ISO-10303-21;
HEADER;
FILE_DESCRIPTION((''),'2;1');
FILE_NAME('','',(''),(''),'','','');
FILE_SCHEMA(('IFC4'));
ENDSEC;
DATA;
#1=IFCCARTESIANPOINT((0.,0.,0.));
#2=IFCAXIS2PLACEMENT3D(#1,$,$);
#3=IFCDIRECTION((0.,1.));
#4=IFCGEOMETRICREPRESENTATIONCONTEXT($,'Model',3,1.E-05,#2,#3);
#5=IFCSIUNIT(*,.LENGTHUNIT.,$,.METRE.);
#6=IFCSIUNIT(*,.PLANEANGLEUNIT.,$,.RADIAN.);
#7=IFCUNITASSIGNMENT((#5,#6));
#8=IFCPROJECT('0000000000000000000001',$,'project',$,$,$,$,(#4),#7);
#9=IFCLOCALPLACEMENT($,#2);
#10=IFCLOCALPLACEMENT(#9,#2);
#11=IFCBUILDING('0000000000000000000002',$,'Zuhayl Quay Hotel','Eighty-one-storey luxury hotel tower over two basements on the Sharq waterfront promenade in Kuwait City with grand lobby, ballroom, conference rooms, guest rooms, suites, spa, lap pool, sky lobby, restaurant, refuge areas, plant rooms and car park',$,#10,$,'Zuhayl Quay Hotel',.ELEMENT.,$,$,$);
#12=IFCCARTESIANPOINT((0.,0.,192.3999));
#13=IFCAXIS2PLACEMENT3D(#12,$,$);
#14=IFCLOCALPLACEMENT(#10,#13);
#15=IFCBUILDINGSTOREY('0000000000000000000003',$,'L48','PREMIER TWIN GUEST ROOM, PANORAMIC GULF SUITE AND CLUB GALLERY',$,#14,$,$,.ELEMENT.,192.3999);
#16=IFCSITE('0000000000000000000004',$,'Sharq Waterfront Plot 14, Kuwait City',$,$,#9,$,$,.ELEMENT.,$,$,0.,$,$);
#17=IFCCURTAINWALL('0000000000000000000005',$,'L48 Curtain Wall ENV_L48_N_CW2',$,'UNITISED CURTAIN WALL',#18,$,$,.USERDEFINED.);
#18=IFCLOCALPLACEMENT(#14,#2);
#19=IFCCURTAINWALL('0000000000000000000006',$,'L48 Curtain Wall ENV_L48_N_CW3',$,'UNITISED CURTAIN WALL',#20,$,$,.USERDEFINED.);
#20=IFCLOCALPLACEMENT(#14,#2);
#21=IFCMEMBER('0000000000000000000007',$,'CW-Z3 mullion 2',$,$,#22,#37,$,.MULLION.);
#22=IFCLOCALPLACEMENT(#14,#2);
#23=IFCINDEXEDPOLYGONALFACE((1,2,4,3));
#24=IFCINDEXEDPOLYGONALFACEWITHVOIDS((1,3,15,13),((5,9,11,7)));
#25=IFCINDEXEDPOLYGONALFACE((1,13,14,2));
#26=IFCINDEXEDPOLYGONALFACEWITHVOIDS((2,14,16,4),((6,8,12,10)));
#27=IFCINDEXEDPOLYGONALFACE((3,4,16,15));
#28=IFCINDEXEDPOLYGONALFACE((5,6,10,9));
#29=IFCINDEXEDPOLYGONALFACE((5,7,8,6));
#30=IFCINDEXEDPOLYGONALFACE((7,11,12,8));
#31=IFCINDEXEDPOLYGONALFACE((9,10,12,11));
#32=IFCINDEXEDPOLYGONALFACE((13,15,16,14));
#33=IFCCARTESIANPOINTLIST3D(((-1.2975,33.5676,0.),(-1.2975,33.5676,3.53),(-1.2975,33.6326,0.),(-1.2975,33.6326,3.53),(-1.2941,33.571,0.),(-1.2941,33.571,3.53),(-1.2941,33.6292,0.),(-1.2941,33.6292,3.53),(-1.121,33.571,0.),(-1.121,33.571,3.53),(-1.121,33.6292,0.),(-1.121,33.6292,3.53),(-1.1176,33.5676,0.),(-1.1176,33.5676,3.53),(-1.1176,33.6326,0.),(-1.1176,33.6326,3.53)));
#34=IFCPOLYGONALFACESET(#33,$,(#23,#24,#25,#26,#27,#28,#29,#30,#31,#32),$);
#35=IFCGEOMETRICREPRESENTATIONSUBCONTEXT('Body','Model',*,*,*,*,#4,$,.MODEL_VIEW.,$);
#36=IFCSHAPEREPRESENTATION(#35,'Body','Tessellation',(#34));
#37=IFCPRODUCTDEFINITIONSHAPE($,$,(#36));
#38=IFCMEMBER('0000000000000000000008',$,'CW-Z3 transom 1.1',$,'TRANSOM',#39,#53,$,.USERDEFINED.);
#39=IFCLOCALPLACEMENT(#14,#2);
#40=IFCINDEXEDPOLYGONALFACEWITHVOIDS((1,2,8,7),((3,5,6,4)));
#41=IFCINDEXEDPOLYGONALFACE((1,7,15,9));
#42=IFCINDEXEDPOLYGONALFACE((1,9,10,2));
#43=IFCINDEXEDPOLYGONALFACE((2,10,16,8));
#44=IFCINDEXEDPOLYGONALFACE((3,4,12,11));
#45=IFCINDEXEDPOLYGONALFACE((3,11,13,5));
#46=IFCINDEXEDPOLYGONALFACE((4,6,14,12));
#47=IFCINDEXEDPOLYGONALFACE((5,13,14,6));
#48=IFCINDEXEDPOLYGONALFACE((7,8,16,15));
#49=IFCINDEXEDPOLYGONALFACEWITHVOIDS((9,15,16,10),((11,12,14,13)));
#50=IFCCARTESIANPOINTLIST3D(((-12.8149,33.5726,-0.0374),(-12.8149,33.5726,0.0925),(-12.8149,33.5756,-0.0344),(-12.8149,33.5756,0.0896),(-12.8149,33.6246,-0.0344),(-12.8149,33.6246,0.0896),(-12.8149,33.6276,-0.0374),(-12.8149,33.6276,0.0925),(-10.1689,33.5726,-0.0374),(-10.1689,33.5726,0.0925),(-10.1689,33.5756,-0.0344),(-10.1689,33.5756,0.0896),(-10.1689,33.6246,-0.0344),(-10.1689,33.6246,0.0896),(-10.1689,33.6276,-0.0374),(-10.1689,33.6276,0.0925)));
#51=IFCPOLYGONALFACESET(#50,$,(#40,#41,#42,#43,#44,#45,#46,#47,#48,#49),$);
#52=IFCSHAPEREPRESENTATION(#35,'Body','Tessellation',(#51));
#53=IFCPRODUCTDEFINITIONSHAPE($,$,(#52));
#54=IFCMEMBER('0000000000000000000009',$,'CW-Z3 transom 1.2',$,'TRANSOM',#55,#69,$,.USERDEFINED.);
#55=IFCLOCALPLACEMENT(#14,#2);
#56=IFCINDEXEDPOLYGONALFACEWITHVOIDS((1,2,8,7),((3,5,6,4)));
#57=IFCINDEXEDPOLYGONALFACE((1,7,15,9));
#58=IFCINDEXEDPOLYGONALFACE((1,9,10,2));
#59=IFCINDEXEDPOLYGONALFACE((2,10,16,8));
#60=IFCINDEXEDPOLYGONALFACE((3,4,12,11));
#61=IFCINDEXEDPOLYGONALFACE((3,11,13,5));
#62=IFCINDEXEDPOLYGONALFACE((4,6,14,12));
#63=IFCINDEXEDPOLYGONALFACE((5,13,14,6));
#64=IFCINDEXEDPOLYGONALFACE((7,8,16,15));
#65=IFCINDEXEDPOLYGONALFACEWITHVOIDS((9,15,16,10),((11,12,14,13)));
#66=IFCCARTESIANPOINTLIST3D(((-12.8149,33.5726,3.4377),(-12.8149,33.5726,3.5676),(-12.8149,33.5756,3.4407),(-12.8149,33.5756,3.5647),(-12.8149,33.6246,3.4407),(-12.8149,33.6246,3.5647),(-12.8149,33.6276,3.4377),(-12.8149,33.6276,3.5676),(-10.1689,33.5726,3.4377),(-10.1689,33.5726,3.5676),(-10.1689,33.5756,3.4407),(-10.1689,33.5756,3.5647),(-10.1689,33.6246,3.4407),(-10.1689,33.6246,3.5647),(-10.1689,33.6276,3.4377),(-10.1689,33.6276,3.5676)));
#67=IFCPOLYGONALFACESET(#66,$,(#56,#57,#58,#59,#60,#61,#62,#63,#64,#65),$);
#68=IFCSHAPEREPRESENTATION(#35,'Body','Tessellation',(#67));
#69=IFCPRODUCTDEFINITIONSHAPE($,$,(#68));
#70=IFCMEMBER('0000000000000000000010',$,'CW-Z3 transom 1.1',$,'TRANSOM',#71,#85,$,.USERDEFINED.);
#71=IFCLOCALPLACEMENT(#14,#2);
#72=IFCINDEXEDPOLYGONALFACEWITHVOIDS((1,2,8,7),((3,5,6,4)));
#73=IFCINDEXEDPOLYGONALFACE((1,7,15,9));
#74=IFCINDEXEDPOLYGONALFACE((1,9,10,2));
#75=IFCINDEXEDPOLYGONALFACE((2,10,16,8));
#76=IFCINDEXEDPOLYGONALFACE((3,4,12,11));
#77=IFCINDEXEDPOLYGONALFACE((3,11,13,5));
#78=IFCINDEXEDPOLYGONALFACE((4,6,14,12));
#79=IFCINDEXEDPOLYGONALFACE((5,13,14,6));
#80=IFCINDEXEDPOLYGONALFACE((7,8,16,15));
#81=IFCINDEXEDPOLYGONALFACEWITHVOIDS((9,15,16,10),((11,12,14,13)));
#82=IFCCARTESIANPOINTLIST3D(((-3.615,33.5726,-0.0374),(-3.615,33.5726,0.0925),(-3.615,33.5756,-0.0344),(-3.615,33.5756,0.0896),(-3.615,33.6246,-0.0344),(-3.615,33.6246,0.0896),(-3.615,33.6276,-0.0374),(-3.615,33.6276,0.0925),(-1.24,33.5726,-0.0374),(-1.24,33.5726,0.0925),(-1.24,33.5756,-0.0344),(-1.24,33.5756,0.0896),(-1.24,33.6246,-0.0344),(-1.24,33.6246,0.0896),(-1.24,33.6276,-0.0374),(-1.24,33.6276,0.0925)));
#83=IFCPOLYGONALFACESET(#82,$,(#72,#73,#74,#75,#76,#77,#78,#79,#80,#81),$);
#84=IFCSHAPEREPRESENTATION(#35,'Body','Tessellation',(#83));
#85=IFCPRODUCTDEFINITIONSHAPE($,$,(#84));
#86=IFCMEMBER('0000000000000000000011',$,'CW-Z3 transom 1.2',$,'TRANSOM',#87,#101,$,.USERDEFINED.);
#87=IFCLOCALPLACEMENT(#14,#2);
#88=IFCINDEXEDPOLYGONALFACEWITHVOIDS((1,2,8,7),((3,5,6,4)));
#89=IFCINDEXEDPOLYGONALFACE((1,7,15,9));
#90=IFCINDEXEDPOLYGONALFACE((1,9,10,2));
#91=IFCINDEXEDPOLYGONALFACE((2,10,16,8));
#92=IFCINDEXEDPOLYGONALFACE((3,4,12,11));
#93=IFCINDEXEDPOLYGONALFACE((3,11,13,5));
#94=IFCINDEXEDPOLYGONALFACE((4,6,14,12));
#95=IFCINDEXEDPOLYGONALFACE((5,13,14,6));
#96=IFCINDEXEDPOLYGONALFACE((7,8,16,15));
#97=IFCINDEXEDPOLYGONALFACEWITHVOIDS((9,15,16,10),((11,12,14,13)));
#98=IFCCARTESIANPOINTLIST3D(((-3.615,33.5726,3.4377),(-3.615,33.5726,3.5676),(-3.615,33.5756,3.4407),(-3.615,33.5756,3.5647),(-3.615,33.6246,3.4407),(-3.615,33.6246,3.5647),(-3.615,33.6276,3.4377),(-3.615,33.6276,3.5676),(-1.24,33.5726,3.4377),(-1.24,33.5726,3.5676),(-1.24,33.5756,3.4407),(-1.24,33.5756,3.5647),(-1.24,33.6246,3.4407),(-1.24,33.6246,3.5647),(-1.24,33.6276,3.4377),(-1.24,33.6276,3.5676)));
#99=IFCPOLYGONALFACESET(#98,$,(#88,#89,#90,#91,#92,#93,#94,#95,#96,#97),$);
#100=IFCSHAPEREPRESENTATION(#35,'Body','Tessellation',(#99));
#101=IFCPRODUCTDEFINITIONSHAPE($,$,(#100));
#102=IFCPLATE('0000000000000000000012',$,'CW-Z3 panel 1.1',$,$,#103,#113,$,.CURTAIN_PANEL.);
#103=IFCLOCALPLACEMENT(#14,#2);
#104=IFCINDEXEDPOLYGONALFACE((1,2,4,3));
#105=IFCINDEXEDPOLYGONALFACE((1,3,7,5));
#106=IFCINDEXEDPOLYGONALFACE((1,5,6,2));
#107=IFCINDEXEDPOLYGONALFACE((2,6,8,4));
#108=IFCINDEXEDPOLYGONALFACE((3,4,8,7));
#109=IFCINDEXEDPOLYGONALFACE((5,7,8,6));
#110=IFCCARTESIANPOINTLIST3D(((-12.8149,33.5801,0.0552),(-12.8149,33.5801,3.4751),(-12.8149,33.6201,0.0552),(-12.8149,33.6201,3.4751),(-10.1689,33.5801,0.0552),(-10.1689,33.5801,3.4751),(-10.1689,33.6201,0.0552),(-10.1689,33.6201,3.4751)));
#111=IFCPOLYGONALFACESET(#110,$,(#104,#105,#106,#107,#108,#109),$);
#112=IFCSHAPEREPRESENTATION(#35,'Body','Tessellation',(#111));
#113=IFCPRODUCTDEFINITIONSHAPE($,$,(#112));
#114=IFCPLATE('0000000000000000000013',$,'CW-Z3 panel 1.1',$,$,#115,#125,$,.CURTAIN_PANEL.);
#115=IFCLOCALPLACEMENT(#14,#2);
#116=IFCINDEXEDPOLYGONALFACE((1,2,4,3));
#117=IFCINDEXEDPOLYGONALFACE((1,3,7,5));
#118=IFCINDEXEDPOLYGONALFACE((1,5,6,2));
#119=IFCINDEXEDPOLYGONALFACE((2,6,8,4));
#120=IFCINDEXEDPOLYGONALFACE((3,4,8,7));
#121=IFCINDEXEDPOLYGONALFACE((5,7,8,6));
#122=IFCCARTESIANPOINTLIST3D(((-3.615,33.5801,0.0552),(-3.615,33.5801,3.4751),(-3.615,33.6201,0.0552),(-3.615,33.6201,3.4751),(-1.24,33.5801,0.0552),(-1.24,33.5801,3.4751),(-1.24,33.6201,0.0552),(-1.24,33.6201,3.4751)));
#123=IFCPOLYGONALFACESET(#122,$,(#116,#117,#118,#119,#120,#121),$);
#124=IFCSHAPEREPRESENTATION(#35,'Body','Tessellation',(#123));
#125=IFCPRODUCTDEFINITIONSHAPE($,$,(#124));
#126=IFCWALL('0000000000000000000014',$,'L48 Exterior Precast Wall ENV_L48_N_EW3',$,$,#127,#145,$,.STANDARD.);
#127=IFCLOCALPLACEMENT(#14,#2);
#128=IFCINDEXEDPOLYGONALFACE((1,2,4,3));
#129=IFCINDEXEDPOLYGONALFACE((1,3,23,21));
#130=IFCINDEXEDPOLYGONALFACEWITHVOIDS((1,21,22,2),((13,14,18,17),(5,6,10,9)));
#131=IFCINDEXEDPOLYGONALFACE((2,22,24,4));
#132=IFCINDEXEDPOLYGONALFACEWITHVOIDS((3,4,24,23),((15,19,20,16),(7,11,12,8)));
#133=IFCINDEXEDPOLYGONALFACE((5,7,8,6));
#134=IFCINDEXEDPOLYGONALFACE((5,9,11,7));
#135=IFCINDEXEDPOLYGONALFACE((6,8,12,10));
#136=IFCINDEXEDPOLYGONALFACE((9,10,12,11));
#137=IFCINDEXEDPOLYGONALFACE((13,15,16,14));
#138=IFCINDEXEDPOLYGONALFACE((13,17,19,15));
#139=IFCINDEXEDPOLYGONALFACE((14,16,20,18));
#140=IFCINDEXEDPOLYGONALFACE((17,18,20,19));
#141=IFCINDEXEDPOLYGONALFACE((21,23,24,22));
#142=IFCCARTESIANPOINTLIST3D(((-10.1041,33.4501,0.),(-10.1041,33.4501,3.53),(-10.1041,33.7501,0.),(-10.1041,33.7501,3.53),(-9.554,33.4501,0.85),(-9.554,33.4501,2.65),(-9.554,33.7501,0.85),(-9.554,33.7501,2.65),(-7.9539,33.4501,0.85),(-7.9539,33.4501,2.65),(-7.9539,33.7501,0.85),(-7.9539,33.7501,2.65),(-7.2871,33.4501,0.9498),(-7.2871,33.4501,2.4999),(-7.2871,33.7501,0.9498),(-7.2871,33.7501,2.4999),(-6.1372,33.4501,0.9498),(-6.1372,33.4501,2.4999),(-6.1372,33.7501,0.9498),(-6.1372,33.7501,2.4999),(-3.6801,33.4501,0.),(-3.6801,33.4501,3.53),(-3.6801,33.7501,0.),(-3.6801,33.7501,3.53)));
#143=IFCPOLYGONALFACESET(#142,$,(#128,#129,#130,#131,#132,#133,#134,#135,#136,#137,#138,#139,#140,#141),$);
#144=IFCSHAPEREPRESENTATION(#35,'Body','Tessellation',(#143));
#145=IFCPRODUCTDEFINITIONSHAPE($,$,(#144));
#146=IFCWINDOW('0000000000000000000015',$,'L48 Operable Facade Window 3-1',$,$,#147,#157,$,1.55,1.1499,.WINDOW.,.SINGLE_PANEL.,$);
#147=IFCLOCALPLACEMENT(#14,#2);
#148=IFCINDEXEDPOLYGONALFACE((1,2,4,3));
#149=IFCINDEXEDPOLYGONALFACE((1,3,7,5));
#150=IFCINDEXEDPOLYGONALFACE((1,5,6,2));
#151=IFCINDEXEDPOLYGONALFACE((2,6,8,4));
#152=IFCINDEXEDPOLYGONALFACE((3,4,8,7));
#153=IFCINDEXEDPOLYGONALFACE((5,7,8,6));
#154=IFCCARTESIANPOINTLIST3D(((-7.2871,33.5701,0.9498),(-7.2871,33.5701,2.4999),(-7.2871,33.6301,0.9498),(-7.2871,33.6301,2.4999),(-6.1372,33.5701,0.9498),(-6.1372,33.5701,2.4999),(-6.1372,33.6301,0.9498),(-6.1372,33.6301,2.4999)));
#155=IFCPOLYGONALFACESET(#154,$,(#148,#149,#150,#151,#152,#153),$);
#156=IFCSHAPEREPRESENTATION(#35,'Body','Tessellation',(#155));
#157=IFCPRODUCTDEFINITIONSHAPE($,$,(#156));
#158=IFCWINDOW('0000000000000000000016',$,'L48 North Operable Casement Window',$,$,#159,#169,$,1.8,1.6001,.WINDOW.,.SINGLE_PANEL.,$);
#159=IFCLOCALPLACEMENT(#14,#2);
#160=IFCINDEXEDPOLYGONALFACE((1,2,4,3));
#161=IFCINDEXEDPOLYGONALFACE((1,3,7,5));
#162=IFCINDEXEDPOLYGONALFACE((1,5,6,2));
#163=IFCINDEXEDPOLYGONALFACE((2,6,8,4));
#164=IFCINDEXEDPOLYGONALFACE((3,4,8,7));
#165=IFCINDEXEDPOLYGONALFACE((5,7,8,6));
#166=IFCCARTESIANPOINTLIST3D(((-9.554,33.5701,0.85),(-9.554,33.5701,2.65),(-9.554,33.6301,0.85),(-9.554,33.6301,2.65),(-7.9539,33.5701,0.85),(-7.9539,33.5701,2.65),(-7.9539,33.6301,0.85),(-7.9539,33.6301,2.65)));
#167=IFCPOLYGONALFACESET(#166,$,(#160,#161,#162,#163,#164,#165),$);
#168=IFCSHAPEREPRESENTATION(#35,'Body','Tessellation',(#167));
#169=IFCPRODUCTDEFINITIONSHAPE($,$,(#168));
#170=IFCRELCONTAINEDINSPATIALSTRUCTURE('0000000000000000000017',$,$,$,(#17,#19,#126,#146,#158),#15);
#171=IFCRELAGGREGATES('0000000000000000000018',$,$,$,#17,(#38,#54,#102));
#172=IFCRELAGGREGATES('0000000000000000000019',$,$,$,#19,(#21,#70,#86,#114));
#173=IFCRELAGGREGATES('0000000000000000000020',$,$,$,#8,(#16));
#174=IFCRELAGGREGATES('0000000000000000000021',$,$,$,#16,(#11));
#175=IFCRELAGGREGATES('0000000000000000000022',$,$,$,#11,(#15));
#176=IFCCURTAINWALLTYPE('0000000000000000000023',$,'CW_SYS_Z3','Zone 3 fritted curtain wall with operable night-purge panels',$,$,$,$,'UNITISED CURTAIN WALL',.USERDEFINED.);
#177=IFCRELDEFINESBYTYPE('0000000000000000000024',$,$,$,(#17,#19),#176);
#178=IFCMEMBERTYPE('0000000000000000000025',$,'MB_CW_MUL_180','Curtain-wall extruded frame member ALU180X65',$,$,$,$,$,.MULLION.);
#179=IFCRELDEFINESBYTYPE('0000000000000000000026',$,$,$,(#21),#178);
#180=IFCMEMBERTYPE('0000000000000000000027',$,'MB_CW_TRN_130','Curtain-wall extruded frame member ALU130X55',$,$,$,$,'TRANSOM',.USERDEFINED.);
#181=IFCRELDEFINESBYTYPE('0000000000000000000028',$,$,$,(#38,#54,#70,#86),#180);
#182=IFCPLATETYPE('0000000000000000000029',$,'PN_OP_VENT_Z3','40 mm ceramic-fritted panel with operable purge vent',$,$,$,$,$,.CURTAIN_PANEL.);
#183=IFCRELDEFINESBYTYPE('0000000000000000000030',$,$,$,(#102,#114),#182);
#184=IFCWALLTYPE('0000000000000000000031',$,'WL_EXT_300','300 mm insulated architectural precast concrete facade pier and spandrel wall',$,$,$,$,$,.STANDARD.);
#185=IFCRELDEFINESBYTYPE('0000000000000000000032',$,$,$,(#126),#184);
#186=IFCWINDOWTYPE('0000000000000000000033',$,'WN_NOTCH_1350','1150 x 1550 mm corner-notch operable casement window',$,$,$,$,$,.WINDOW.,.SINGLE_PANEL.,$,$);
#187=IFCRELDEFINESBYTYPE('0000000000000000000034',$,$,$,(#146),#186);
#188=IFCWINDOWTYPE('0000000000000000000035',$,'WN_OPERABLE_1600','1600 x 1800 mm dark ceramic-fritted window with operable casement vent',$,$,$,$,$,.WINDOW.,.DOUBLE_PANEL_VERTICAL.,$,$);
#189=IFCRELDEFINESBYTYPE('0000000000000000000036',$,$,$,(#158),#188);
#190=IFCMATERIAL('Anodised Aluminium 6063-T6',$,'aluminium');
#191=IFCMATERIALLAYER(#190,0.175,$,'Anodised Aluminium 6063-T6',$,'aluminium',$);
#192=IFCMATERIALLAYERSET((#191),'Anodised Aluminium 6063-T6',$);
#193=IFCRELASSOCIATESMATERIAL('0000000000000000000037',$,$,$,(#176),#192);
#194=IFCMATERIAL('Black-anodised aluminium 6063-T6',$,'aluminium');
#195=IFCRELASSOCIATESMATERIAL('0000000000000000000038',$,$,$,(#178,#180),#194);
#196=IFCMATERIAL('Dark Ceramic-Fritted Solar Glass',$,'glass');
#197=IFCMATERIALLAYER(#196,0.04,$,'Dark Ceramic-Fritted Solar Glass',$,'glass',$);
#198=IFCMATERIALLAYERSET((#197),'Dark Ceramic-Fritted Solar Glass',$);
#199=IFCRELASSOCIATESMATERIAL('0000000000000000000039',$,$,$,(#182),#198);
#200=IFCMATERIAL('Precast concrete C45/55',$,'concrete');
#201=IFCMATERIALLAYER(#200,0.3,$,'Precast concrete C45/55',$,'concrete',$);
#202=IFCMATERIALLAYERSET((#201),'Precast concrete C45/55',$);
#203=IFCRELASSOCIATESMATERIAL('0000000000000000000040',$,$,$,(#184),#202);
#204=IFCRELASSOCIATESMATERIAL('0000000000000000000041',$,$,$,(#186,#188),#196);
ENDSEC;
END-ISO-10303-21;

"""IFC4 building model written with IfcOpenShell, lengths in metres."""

from ifc_helpers import new_model, si_unit, direction, frame, frame_2d, origin, origin_2d, place, context, subcontext, project, spatial, rectangle, hollow_rectangle, extrude, material, layer, layer_set, material_profile, profile_set, type_object, element, fill, aggregate, save


model = new_model("IFC4")

# Units and contexts
model_context = context("Model", 3, precision=1e-05, world=origin(), true_north=direction((0.0, 1.0)))
body_context = subcontext(model_context, "Body", "Model", "MODEL_VIEW")
ifc_project = project(units=[si_unit("LENGTHUNIT", "METRE"), si_unit("PLANEANGLEUNIT", "RADIAN")], contexts=[model_context])

# Site, building, storey
site_placement = place(None, origin())
site = spatial("IfcSite", under=ifc_project, at=site_placement, Name="Sharq Waterfront Plot 14, Kuwait City", CompositionType="ELEMENT", RefElevation=0.0)
building_placement = place(site_placement, origin())
building = spatial("IfcBuilding", under=site, at=building_placement, Name="Zuhayl Quay Hotel", Description="Eighty-one-storey luxury hotel tower over two basements on the Sharq waterfront promenade in Kuwait City with grand lobby, ballroom, conference rooms, guest rooms, suites, spa, lap pool, sky lobby, restaurant, refuge areas, plant rooms and car park", LongName="Zuhayl Quay Hotel", CompositionType="ELEMENT")
storey_placement = place(building_placement, frame((0.0, 0.0, 192.3999)))
storey = spatial("IfcBuildingStorey", under=building, at=storey_placement, Name="L48", Description="PREMIER TWIN GUEST ROOM, PANORAMIC GULF SUITE AND CLUB GALLERY", CompositionType="ELEMENT", Elevation=192.3999)

# Curtain walls, member
ifc_material_1 = material(Name="Anodised Aluminium 6063-T6", Category="aluminium")
ifc_layer_1 = layer(ifc_material_1, 0.175, Name="Anodised Aluminium 6063-T6", Category="aluminium")
ifc_layer_set_1 = layer_set([ifc_layer_1], Name="Anodised Aluminium 6063-T6")
curtain_wall_type = type_object("IfcCurtainWallType", Name="CW_SYS_Z3", Description="Zone 3 fritted curtain wall with operable night-purge panels", ElementType="UNITISED CURTAIN WALL", PredefinedType="USERDEFINED", material=ifc_layer_set_1)
curtain_wall_1_placement = place(storey_placement, origin())
curtain_wall_1 = element("IfcCurtainWall", 1, at=curtain_wall_1_placement, inside=storey, type_object=curtain_wall_type, Name="L48 Curtain Wall ENV_L48_N_CW2", ObjectType="UNITISED CURTAIN WALL", PredefinedType="USERDEFINED")
ifc_material_2 = material(Name="Black-anodised aluminium 6063-T6", Category="aluminium")
ifc_material_profile_1 = material_profile(ifc_material_2, hollow_rectangle(XDim=0.0649, YDim=0.1799, WallThickness=0.0034, at=origin_2d()), Name="ALU180X65")
ifc_profile_set_1 = profile_set([ifc_material_profile_1], Name="Black-anodised aluminium 6063-T6")
member_type_1 = type_object("IfcMemberType", Name="MB_CW_MUL_180", Description="Curtain-wall extruded frame member ALU180X65", PredefinedType="MULLION", material=ifc_profile_set_1)
curtain_wall_2_placement = place(storey_placement, origin())
curtain_wall_2 = element("IfcCurtainWall", 2, at=curtain_wall_2_placement, inside=storey, type_object=curtain_wall_type, Name="L48 Curtain Wall ENV_L48_N_CW3", ObjectType="UNITISED CURTAIN WALL", PredefinedType="USERDEFINED")
member_1_placement = place(storey_placement, frame((-1.2075, 33.6001, 0.0), z_axis=(0.0, 0.0, 1.0), x_axis=(0.0, 1.0, 0.0)))
member_1 = element("IfcMember", 3, at=member_1_placement, type_object=member_type_1, Name="CW-Z3 mullion 2", PredefinedType="MULLION", context=body_context, shape_type="SweptSolid", body=[
    extrude(hollow_rectangle(XDim=0.0649, YDim=0.1799, WallThickness=0.0034, at=origin_2d()), origin(), (0.0, 0.0, 1.0), 3.53),
])

# Members
ifc_material_profile_2 = material_profile(ifc_material_2, hollow_rectangle(XDim=0.0549, YDim=0.1299, WallThickness=0.0029, at=origin_2d()), Name="ALU130X55")
ifc_profile_set_2 = profile_set([ifc_material_profile_2], Name="Black-anodised aluminium 6063-T6")
member_type_2 = type_object("IfcMemberType", Name="MB_CW_TRN_130", Description="Curtain-wall extruded frame member ALU130X55", ElementType="TRANSOM", PredefinedType="USERDEFINED", material=ifc_profile_set_2)
member_2_placement = place(storey_placement, frame((-12.8149, 33.6001, 0.0276), z_axis=(1.0, 0.0, 0.0), x_axis=(0.0, 1.0, 0.0)))
member_2 = element("IfcMember", 4, at=member_2_placement, type_object=member_type_2, Name="CW-Z3 transom 1.1", ObjectType="TRANSOM", PredefinedType="USERDEFINED", context=body_context, shape_type="SweptSolid", body=[
    extrude(hollow_rectangle(XDim=0.0549, YDim=0.1299, WallThickness=0.0029, at=origin_2d()), origin(), (0.0, 0.0, 1.0), 2.646),
])
member_3_placement = place(storey_placement, frame((-12.8149, 33.6001, 3.5027), z_axis=(1.0, 0.0, 0.0), x_axis=(0.0, 1.0, 0.0)))
member_3 = element("IfcMember", 5, at=member_3_placement, type_object=member_type_2, Name="CW-Z3 transom 1.2", ObjectType="TRANSOM", PredefinedType="USERDEFINED", context=body_context, shape_type="SweptSolid", body=[
    extrude(hollow_rectangle(XDim=0.0549, YDim=0.1299, WallThickness=0.0029, at=origin_2d()), origin(), (0.0, 0.0, 1.0), 2.646),
])
member_4_placement = place(storey_placement, frame((-3.615, 33.6001, 0.0276), z_axis=(1.0, 0.0, 0.0), x_axis=(0.0, 1.0, 0.0)))
member_4 = element("IfcMember", 6, at=member_4_placement, type_object=member_type_2, Name="CW-Z3 transom 1.1", ObjectType="TRANSOM", PredefinedType="USERDEFINED", context=body_context, shape_type="SweptSolid", body=[
    extrude(hollow_rectangle(XDim=0.0549, YDim=0.1299, WallThickness=0.0029, at=origin_2d()), origin(), (0.0, 0.0, 1.0), 2.375),
])
member_5_placement = place(storey_placement, frame((-3.615, 33.6001, 3.5027), z_axis=(1.0, 0.0, 0.0), x_axis=(0.0, 1.0, 0.0)))
member_5 = element("IfcMember", 7, at=member_5_placement, type_object=member_type_2, Name="CW-Z3 transom 1.2", ObjectType="TRANSOM", PredefinedType="USERDEFINED", context=body_context, shape_type="SweptSolid", body=[
    extrude(hollow_rectangle(XDim=0.0549, YDim=0.1299, WallThickness=0.0029, at=origin_2d()), origin(), (0.0, 0.0, 1.0), 2.375),
])

# Plates
ifc_material_3 = material(Name="Dark Ceramic-Fritted Solar Glass", Category="glass")
ifc_layer_2 = layer(ifc_material_3, 0.04, Name="Dark Ceramic-Fritted Solar Glass", Category="glass")
ifc_layer_set_2 = layer_set([ifc_layer_2], Name="Dark Ceramic-Fritted Solar Glass")
plate_type = type_object("IfcPlateType", Name="PN_OP_VENT_Z3", Description="40 mm ceramic-fritted panel with operable purge vent", PredefinedType="CURTAIN_PANEL", material=ifc_layer_set_2)
plate_1_placement = place(storey_placement, frame((-11.4919, 33.6001, 0.0552), z_axis=(0.0, 0.0, 1.0), x_axis=(1.0, 0.0, 0.0)))
plate_1 = element("IfcPlate", 8, at=plate_1_placement, type_object=plate_type, Name="CW-Z3 panel 1.1", PredefinedType="CURTAIN_PANEL", context=body_context, shape_type="SweptSolid", body=[
    extrude(rectangle(XDim=2.646, YDim=0.04, at=origin_2d()), origin(), (0.0, 0.0, 1.0), 3.4199),
])
aggregate(curtain_wall_1, [member_2, member_3, plate_1])
plate_2_placement = place(storey_placement, frame((-2.4275, 33.6001, 0.0552), z_axis=(0.0, 0.0, 1.0), x_axis=(1.0, 0.0, 0.0)))
plate_2 = element("IfcPlate", 9, at=plate_2_placement, type_object=plate_type, Name="CW-Z3 panel 1.1", PredefinedType="CURTAIN_PANEL", context=body_context, shape_type="SweptSolid", body=[
    extrude(rectangle(XDim=2.375, YDim=0.04, at=origin_2d()), origin(), (0.0, 0.0, 1.0), 3.4199),
])
aggregate(curtain_wall_2, [member_1, member_4, member_5, plate_2])

# Wall, openings, windows
ifc_material_4 = material(Name="Precast concrete C45/55", Category="concrete")
ifc_layer_3 = layer(ifc_material_4, 0.3, Name="Precast concrete C45/55", Category="concrete")
ifc_layer_set_3 = layer_set([ifc_layer_3], Name="Precast concrete C45/55")
wall_type_1 = type_object("IfcWallType", Name="WL_EXT_300", Description="300 mm insulated architectural precast concrete facade pier and spandrel wall", PredefinedType="STANDARD", material=ifc_layer_set_3)
wall_1_placement = place(storey_placement, frame((-10.104, 33.6001, 0.0), z_axis=(0.0, 0.0, 1.0), x_axis=(1.0, 0.0, 0.0)))
wall_1 = element("IfcWall", 10, at=wall_1_placement, inside=storey, type_object=wall_type_1, Name="L48 Exterior Precast Wall ENV_L48_N_EW3", PredefinedType="STANDARD", context=body_context, shape_type="SweptSolid", body=[
    extrude(rectangle(XDim=6.4241, YDim=0.3, at=frame_2d((3.2119, 0.0))), origin(), (0.0, 0.0, 1.0), 3.53),
])
opening_1_placement = place(wall_1_placement, frame((0.55, 0.0, 0.8501)))
opening_1 = element("IfcOpeningElement", 11, at=opening_1_placement, cuts=wall_1, PredefinedType="OPENING", context=body_context, shape_type="SweptSolid", body=[
    extrude(rectangle(XDim=1.6001, YDim=1.8, at=frame_2d((0.8, 0.8999))), frame((0.0, 0.1599, 0.0), z_axis=(0.0, -1.0, 0.0), x_axis=(1.0, 0.0, 0.0)), (0.0, 0.0, 1.0), 0.3201),
])
opening_2_placement = place(wall_1_placement, frame((2.8169, 0.0, 0.95)))
opening_2 = element("IfcOpeningElement", 12, at=opening_2_placement, cuts=wall_1, PredefinedType="OPENING", context=body_context, shape_type="SweptSolid", body=[
    extrude(rectangle(XDim=1.1499, YDim=1.55, at=frame_2d((0.575, 0.7749))), frame((0.0, 0.1599, 0.0), z_axis=(0.0, -1.0, 0.0), x_axis=(1.0, 0.0, 0.0)), (0.0, 0.0, 1.0), 0.3201),
])
window_type_1 = type_object("IfcWindowType", Name="WN_NOTCH_1350", Description="1150 x 1550 mm corner-notch operable casement window", PartitioningType="SINGLE_PANEL", PredefinedType="WINDOW", material=ifc_material_3)
window_1_placement = place(opening_2_placement, origin())
window_1 = element("IfcWindow", 13, at=window_1_placement, inside=storey, type_object=window_type_1, Name="L48 Operable Facade Window 3-1", OverallHeight=1.55, OverallWidth=1.1499, PartitioningType="SINGLE_PANEL", PredefinedType="WINDOW", context=body_context, shape_type="SweptSolid", body=[
    extrude(rectangle(XDim=1.1499, YDim=1.55, at=frame_2d((0.575, 0.7749))), frame((0.0, 0.03, 0.0), z_axis=(0.0, -1.0, 0.0), x_axis=(1.0, 0.0, 0.0)), (0.0, 0.0, 1.0), 0.0601),
])
fill(opening_2, window_1)
window_type_2 = type_object("IfcWindowType", Name="WN_OPERABLE_1600", Description="1600 x 1800 mm dark ceramic-fritted window with operable casement vent", PartitioningType="DOUBLE_PANEL_VERTICAL", PredefinedType="WINDOW", material=ifc_material_3)
window_2_placement = place(opening_1_placement, origin())
window_2 = element("IfcWindow", 14, at=window_2_placement, inside=storey, type_object=window_type_2, Name="L48 North Operable Casement Window", OverallHeight=1.8, OverallWidth=1.6001, PartitioningType="SINGLE_PANEL", PredefinedType="WINDOW", context=body_context, shape_type="SweptSolid", body=[
    extrude(rectangle(XDim=1.6001, YDim=1.8, at=frame_2d((0.8, 0.8999))), frame((0.0, 0.03, 0.0), z_axis=(0.0, -1.0, 0.0), x_axis=(1.0, 0.0, 0.0)), (0.0, 0.0, 1.0), 0.0601),
])
fill(opening_1, window_2)

save(model, "model.ifc")
